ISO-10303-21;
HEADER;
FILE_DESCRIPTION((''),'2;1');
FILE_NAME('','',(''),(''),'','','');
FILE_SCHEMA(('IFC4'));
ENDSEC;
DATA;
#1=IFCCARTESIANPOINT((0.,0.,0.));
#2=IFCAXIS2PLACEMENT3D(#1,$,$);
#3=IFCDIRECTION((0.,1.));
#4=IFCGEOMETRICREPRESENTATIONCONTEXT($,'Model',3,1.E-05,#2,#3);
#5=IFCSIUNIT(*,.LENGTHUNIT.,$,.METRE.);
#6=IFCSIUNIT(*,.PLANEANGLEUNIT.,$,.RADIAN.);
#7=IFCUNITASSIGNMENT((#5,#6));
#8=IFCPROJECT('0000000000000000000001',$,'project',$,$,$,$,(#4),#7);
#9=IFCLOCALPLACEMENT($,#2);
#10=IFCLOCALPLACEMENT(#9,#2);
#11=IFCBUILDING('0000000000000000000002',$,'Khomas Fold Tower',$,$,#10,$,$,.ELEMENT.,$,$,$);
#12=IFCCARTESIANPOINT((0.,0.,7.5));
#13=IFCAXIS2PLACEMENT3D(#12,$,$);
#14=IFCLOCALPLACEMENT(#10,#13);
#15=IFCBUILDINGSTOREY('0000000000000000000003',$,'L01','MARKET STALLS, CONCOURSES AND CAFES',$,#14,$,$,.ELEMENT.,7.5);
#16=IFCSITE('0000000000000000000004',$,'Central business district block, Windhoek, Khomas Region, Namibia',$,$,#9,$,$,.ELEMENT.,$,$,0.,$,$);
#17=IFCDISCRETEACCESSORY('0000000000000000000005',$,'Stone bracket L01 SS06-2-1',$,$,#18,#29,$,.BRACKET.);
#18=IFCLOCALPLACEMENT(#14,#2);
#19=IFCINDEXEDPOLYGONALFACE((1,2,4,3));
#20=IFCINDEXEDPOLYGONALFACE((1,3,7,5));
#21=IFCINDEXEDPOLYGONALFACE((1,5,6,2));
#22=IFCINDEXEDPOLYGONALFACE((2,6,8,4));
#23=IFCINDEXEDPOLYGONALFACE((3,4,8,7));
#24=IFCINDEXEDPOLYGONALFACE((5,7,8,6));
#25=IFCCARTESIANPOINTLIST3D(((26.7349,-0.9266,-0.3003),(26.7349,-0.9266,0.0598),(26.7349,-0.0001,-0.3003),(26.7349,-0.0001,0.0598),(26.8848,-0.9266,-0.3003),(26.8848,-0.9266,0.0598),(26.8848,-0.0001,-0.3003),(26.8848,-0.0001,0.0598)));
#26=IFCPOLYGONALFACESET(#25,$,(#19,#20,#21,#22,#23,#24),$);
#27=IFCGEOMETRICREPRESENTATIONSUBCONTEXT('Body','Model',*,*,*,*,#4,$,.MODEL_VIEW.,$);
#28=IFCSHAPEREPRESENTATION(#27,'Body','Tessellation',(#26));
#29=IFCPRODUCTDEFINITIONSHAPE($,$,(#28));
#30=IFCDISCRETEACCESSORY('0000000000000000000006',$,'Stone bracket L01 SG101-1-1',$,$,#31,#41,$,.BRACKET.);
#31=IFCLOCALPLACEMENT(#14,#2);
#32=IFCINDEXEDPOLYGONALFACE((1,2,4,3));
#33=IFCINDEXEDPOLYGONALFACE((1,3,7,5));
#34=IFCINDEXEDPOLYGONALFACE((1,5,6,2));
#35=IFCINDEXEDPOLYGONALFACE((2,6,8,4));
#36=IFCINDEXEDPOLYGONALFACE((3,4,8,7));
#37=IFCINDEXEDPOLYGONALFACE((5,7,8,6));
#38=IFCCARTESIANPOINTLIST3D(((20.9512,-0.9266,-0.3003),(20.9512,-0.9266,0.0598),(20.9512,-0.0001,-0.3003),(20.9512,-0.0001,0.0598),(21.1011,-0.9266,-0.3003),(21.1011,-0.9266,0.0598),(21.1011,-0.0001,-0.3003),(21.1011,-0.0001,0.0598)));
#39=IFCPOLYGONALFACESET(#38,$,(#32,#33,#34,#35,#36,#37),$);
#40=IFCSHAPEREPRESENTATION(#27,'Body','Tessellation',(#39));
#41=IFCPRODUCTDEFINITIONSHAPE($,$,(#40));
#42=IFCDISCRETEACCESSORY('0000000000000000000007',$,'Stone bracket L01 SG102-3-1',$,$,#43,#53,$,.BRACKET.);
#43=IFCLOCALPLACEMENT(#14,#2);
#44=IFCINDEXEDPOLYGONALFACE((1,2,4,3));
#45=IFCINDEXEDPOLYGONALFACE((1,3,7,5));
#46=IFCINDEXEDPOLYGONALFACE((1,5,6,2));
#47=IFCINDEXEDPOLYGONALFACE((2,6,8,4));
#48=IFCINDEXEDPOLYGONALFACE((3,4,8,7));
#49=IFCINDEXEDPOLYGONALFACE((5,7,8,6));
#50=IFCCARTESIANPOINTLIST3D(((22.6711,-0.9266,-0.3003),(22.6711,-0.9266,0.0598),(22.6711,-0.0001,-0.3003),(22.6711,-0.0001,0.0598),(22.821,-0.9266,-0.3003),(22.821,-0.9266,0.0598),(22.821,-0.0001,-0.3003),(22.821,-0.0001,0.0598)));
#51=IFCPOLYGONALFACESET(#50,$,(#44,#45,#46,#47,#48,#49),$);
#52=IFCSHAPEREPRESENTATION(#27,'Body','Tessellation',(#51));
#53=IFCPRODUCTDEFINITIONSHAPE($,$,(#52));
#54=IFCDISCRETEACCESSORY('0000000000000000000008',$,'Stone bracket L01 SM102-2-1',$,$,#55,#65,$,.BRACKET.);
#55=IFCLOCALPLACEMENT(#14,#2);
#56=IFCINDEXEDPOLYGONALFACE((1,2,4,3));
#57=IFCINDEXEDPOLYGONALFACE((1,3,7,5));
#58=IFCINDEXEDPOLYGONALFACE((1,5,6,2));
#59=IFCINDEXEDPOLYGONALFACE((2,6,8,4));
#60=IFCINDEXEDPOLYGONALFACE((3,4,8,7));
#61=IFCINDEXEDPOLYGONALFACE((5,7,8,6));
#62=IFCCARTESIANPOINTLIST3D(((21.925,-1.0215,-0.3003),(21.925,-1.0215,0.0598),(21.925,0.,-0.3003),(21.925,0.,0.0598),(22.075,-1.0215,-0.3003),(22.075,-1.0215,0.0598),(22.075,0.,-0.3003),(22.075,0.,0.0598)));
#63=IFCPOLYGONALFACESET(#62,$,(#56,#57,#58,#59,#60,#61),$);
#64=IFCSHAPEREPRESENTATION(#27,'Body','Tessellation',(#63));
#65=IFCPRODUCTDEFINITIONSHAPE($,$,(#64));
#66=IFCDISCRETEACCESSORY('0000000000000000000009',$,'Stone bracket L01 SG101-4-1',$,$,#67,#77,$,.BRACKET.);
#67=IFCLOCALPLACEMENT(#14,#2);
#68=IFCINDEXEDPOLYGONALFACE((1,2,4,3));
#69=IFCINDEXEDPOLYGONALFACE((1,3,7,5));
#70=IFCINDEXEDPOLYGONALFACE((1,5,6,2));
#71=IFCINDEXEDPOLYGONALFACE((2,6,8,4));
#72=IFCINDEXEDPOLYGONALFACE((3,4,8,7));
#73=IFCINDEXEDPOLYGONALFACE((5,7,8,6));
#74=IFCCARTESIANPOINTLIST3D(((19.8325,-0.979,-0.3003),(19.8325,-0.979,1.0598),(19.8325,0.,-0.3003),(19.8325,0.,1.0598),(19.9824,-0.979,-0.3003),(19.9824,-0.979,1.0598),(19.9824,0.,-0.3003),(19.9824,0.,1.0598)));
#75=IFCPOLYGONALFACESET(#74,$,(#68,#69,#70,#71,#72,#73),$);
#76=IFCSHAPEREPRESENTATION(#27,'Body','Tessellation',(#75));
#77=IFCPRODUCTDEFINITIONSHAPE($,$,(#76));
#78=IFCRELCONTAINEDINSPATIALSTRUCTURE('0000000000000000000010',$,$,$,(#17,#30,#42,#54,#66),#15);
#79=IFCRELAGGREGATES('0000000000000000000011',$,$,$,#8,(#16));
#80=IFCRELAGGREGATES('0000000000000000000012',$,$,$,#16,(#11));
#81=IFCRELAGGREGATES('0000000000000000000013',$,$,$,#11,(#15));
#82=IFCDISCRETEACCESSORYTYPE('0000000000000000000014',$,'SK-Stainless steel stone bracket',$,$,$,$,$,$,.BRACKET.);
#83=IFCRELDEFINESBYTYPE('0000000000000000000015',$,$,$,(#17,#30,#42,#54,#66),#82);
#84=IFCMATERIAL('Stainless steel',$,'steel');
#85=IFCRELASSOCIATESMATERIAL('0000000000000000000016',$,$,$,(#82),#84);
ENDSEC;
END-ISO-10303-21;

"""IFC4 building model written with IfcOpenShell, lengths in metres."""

from ifc_helpers import new_model, si_unit, direction, frame, origin, origin_2d, place, context, subcontext, project, spatial, rectangle, extrude, source, transform, mapped, material, type_object, element, save


model = new_model("IFC4")

# Units and contexts
model_context = context("Model", 3, precision=1e-05, world=origin(), true_north=direction((0.0, 1.0)))
body_context = subcontext(model_context, "Body", "Model", "MODEL_VIEW")
ifc_project = project(units=[si_unit("LENGTHUNIT", "METRE"), si_unit("PLANEANGLEUNIT", "RADIAN")], contexts=[model_context])

# Site, building, storey
site_placement = place(None, origin())
site = spatial("IfcSite", under=ifc_project, at=site_placement, Name="Central business district block, Windhoek, Khomas Region, Namibia", CompositionType="ELEMENT", RefElevation=0.0)
building_placement = place(site_placement, origin())
building = spatial("IfcBuilding", under=site, at=building_placement, Name="Khomas Fold Tower", CompositionType="ELEMENT")
storey_placement = place(building_placement, frame((0.0, 0.0, 7.5)))
storey = spatial("IfcBuildingStorey", under=building, at=storey_placement, Name="L01", Description="MARKET STALLS, CONCOURSES AND CAFES", CompositionType="ELEMENT", Elevation=7.5)

# Discrete accessories
ifc_material_1 = material(Name="Stainless steel", Category="steel")
discrete_accessory_type = type_object("IfcDiscreteAccessoryType", Name="SK-Stainless steel stone bracket", PredefinedType="BRACKET", material=ifc_material_1)
shared_shape_1 = source(origin(), body_context, "Body", "SweptSolid", [
    extrude(rectangle(XDim=0.9265, YDim=0.1499, at=origin_2d()), origin(), (0.0, 0.0, 1.0), 0.3601),
])
for number, where, z_axis, x_axis, name in (
    (1, (26.8098, -0.4634, -0.3003), (0.0, 0.0, 1.0), (0.0, -1.0, 0.0), "Stone bracket L01 SS06-2-1"),
    (2, (21.0261, -0.4634, -0.3003), (0.0, 0.0, 1.0), (0.0, -1.0, 0.0), "Stone bracket L01 SG101-1-1"),
    (3, (22.7461, -0.4634, -0.3003), (0.0, 0.0, 1.0), (0.0, -1.0, 0.0), "Stone bracket L01 SG102-3-1"),
):
    element("IfcDiscreteAccessory", number, at=place(storey_placement, frame(where, z_axis=z_axis, x_axis=x_axis)), inside=storey, type_object=discrete_accessory_type, Name=name, PredefinedType="BRACKET", context=body_context, shape_type="MappedRepresentation", body=[
        mapped(shared_shape_1, transform((0.0, 0.0, 0.0))),
    ])
shared_shape_2 = source(origin(), body_context, "Body", "SweptSolid", [
    extrude(rectangle(XDim=1.0215, YDim=0.1499, at=origin_2d()), origin(), (0.0, 0.0, 1.0), 0.3601),
])
discrete_accessory_1_placement = place(storey_placement, frame((22.0, -0.5107, -0.3003), z_axis=(0.0, 0.0, 1.0), x_axis=(0.0, -1.0, 0.0)))
element("IfcDiscreteAccessory", 4, at=discrete_accessory_1_placement, inside=storey, type_object=discrete_accessory_type, Name="Stone bracket L01 SM102-2-1", PredefinedType="BRACKET", context=body_context, shape_type="MappedRepresentation", body=[
    mapped(shared_shape_2, transform((0.0, 0.0, 0.0))),
])
shared_shape_3 = source(origin(), body_context, "Body", "SweptSolid", [
    extrude(rectangle(XDim=0.979, YDim=0.1499, at=origin_2d()), origin(), (0.0, 0.0, 1.0), 1.3601),
])
discrete_accessory_2_placement = place(storey_placement, frame((19.9075, -0.4895, -0.3003), z_axis=(0.0, 0.0, 1.0), x_axis=(0.0, -1.0, 0.0)))
element("IfcDiscreteAccessory", 5, at=discrete_accessory_2_placement, inside=storey, type_object=discrete_accessory_type, Name="Stone bracket L01 SG101-4-1", PredefinedType="BRACKET", context=body_context, shape_type="MappedRepresentation", body=[
    mapped(shared_shape_3, transform((0.0, 0.0, 0.0))),
])

save(model, "model.ifc")
